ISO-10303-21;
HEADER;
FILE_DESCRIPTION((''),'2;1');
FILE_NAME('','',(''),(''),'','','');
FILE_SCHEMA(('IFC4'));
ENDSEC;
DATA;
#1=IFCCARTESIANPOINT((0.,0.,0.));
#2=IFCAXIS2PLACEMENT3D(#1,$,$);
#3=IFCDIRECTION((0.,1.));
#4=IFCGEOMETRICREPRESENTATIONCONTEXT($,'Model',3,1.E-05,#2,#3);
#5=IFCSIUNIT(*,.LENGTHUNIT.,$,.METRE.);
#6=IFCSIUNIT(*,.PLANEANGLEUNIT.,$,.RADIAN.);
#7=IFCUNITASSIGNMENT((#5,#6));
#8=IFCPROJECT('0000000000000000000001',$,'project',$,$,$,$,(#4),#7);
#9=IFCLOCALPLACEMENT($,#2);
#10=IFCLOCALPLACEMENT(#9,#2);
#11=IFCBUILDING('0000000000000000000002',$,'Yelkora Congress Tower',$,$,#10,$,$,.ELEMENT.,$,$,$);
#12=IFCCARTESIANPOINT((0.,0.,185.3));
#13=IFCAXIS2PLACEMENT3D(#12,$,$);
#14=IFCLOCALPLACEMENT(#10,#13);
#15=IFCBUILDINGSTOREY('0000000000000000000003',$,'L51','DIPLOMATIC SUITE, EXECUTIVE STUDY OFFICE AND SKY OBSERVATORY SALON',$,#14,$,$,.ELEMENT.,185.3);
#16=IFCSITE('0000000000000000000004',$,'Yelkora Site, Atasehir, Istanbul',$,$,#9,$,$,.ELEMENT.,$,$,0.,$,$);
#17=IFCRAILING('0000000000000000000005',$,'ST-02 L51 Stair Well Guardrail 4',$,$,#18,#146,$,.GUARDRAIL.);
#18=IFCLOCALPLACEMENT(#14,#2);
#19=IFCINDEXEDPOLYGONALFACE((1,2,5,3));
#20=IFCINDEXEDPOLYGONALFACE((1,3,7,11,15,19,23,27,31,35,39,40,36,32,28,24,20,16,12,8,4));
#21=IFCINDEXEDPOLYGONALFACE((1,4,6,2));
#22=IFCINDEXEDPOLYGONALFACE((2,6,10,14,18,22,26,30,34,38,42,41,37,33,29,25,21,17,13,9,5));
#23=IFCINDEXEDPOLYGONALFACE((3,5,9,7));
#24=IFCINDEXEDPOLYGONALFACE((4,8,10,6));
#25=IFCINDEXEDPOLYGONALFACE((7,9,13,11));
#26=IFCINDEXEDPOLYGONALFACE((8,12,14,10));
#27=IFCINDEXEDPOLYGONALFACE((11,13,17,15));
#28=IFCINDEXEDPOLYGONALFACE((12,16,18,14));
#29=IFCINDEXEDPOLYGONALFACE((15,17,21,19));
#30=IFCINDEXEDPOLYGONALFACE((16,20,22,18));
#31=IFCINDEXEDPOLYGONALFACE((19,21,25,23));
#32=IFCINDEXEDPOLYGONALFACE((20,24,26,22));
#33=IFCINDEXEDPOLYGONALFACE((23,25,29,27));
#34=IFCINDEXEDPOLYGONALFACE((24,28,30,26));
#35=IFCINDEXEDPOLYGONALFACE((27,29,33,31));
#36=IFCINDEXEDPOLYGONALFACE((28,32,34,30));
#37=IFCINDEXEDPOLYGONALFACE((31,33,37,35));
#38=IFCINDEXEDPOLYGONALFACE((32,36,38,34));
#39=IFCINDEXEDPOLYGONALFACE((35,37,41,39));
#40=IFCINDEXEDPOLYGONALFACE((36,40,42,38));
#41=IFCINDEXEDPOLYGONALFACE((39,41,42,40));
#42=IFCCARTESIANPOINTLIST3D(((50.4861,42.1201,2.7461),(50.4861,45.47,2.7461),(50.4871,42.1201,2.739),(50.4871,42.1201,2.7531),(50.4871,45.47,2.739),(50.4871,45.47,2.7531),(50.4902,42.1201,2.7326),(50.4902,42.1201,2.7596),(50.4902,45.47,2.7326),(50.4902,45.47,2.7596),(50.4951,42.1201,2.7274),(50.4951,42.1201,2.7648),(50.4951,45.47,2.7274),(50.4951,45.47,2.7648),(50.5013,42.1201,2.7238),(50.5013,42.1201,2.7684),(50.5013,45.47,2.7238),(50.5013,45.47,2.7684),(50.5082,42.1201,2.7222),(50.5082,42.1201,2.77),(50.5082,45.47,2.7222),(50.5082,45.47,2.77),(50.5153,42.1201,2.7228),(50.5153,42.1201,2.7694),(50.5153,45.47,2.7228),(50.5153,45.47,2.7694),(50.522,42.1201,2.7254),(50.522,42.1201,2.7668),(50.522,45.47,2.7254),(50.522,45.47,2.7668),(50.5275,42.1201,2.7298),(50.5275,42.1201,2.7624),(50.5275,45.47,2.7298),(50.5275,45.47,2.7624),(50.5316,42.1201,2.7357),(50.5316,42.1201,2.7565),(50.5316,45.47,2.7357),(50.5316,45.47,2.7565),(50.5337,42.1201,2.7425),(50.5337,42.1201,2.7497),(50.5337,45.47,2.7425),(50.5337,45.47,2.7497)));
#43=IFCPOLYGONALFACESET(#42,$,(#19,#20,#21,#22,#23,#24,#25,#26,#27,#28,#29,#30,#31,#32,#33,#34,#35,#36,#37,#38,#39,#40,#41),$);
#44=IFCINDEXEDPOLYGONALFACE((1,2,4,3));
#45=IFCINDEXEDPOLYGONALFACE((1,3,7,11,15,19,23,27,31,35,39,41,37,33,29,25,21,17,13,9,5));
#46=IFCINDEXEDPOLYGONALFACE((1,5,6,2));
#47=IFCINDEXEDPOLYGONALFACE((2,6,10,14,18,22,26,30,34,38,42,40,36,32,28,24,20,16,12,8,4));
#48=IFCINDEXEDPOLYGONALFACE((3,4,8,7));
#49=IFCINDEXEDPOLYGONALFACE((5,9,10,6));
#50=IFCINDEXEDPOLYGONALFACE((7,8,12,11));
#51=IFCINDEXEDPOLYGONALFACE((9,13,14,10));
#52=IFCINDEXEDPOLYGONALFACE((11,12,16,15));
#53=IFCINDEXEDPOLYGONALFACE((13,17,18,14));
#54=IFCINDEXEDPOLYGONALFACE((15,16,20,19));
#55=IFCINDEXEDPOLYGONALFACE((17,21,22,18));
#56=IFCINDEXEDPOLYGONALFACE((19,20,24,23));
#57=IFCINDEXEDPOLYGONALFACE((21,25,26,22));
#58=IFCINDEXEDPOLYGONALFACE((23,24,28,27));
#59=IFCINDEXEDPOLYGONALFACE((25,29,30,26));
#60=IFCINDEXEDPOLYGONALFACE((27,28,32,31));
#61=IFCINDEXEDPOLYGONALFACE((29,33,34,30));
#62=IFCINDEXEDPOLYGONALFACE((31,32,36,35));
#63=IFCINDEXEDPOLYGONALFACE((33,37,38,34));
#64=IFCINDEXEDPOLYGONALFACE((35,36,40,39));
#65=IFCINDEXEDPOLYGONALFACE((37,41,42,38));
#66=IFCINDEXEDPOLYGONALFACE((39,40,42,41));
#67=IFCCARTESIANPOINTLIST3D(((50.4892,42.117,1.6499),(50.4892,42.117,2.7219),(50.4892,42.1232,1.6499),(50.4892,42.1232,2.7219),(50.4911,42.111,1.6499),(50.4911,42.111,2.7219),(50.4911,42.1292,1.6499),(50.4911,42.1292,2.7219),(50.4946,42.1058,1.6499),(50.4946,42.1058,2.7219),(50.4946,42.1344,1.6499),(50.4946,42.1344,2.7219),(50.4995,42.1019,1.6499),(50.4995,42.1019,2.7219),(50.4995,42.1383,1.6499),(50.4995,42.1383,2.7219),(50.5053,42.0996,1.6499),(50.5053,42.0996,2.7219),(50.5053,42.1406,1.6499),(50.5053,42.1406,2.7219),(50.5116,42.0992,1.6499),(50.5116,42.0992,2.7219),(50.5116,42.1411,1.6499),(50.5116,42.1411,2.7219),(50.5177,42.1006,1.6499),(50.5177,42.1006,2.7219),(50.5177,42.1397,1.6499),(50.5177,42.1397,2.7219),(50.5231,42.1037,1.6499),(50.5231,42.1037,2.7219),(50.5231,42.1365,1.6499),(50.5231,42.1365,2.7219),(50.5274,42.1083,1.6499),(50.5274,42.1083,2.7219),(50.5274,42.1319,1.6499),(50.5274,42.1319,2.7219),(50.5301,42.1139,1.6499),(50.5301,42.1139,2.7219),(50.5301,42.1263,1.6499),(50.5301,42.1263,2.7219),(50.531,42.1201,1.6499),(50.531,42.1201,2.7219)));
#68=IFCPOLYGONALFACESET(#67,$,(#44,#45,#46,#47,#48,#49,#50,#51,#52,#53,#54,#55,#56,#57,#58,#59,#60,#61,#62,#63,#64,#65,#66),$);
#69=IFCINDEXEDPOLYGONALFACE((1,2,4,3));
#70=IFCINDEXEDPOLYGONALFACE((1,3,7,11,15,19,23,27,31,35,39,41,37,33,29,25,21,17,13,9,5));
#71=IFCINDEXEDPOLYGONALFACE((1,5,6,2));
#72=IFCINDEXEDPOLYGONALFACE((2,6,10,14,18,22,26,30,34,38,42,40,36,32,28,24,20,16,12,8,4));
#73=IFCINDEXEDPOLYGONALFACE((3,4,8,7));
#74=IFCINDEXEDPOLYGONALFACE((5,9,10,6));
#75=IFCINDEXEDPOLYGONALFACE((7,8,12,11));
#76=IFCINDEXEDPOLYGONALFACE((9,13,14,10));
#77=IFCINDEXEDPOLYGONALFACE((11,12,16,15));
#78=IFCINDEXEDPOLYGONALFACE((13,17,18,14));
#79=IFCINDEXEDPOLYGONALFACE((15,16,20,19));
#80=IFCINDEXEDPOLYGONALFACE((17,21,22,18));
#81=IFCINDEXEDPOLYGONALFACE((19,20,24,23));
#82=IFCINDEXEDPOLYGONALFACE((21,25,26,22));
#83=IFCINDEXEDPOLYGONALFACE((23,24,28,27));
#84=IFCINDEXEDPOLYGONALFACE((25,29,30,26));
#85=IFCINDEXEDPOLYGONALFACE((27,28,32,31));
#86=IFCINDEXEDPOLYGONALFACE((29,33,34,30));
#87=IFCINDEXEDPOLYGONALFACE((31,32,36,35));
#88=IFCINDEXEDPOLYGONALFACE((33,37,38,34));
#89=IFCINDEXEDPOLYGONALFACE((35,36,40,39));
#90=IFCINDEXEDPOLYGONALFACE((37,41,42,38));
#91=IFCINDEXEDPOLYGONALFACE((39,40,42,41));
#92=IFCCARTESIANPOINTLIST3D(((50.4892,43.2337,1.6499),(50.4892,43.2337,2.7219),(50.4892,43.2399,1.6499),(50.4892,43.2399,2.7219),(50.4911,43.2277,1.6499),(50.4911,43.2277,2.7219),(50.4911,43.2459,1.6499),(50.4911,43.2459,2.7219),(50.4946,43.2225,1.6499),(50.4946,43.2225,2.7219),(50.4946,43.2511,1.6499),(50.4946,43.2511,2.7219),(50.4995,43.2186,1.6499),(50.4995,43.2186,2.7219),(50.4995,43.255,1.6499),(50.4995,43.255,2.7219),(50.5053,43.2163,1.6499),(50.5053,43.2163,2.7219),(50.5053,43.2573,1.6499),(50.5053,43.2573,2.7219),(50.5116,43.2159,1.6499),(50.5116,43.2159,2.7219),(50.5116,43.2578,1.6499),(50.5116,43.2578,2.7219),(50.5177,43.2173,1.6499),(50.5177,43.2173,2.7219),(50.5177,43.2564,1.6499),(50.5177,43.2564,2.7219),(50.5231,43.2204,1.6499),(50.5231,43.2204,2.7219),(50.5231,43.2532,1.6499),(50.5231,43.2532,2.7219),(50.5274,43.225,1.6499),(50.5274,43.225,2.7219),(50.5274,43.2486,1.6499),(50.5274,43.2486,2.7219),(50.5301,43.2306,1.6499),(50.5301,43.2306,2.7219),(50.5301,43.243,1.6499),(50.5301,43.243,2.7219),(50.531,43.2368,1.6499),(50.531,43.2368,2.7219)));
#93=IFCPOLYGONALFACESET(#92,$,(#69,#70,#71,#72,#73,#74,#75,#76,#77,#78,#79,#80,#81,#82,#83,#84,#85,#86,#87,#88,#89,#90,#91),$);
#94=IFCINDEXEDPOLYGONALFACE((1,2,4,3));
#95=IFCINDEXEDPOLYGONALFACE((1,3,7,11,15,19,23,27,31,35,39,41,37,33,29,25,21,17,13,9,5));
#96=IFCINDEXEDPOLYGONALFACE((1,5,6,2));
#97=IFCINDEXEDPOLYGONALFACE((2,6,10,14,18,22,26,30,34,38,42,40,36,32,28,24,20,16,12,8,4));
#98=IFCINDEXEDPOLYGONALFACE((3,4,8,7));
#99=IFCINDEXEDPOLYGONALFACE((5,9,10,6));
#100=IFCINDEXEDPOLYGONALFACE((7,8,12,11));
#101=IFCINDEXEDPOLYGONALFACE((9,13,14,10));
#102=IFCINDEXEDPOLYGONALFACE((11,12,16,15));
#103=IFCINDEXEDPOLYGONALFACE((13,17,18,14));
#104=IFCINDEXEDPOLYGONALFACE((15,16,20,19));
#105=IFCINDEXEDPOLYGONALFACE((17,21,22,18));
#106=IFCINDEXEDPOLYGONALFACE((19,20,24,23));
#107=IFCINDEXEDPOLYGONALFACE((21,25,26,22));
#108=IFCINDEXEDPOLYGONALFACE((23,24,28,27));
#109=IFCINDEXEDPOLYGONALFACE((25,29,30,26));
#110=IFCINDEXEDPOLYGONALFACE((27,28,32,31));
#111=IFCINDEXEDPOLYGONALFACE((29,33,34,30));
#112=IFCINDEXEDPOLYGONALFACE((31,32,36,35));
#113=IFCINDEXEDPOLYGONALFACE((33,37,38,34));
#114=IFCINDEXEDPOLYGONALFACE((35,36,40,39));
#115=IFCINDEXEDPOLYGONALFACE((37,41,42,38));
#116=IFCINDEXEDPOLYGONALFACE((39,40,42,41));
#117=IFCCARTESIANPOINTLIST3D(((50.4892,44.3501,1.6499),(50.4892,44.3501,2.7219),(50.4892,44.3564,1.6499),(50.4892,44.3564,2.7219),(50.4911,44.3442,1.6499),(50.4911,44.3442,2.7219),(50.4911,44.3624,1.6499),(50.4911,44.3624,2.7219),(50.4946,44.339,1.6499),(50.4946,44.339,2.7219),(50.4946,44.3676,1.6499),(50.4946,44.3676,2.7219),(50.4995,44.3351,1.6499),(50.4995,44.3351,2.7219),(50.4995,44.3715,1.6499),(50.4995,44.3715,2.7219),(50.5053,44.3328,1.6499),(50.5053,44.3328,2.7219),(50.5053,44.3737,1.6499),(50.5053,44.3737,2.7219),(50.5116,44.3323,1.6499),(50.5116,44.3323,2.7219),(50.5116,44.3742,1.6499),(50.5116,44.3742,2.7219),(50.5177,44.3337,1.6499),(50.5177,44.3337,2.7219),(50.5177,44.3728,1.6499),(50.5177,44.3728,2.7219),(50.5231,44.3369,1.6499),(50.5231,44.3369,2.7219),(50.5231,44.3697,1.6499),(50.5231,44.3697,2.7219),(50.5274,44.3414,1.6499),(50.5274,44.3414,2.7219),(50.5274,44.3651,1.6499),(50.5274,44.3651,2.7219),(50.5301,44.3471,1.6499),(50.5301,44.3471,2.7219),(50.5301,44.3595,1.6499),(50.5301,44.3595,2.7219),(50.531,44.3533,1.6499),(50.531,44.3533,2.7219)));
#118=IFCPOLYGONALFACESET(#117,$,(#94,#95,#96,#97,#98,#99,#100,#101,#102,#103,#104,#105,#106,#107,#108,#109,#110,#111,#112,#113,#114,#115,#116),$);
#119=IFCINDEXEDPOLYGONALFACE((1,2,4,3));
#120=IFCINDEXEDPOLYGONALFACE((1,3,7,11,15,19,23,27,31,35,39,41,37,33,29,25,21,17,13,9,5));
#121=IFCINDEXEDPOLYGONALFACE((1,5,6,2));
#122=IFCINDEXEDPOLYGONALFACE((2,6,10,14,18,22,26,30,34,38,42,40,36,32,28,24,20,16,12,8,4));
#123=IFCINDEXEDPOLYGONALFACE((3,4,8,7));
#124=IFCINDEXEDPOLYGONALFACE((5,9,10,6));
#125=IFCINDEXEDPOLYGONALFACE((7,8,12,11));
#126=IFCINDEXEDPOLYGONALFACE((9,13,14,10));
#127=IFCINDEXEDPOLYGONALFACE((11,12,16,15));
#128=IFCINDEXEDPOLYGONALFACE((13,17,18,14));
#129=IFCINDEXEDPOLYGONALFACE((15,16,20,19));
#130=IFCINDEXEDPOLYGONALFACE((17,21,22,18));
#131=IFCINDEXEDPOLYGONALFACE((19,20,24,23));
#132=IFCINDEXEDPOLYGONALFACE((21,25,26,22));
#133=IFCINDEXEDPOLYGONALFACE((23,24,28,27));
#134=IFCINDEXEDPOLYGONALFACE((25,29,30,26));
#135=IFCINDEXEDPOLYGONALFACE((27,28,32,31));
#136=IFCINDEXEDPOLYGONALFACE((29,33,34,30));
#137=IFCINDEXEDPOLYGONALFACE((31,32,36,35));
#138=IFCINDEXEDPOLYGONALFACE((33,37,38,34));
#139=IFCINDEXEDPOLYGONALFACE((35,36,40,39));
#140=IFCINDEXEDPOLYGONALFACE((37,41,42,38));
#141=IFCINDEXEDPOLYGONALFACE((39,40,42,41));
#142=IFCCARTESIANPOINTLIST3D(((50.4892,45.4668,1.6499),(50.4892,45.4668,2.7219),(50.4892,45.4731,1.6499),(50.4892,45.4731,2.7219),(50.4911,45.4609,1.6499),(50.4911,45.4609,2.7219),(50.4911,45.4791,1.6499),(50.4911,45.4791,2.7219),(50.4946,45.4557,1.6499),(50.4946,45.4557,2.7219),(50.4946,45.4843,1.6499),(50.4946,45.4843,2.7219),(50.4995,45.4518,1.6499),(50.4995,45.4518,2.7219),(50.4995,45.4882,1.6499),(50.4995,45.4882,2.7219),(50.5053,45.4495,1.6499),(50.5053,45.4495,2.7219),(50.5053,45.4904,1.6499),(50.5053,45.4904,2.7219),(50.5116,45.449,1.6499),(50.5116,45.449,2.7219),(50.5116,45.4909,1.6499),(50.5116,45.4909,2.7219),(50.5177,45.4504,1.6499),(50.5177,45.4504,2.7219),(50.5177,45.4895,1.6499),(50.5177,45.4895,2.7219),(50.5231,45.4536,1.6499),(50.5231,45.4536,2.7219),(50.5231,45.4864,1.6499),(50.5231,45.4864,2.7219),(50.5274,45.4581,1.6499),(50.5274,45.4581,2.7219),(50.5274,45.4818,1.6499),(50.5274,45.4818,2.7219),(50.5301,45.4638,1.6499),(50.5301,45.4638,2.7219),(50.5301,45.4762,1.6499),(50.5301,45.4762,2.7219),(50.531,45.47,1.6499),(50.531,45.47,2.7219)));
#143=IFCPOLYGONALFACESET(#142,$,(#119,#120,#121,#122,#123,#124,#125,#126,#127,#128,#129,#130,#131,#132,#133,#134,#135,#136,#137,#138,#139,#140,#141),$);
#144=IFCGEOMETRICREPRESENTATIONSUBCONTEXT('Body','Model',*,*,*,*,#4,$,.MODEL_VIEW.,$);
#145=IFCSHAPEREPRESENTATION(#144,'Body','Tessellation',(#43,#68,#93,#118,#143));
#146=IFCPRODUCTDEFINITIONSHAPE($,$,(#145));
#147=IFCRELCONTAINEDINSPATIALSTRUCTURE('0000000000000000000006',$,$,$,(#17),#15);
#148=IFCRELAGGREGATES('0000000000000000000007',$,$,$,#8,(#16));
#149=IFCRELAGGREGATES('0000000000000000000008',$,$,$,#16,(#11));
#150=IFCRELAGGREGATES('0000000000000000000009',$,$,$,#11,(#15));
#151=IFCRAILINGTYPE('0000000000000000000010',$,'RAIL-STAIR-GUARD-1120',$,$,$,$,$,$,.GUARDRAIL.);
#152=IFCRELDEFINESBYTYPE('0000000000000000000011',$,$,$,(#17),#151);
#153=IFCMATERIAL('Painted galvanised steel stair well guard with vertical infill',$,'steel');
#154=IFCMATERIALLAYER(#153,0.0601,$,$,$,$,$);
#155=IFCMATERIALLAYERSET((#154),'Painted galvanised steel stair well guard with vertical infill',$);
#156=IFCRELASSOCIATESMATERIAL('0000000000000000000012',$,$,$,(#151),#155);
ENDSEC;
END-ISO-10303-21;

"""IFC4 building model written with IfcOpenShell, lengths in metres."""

from ifc_helpers import new_model, si_unit, direction, frame, origin, origin_2d, place, context, subcontext, project, spatial, circle, extrude, material, layer, layer_set, type_object, element, save


model = new_model("IFC4")

# Units and contexts
model_context = context("Model", 3, precision=1e-05, world=origin(), true_north=direction((0.0, 1.0)))
body_context = subcontext(model_context, "Body", "Model", "MODEL_VIEW")
ifc_project = project(units=[si_unit("LENGTHUNIT", "METRE"), si_unit("PLANEANGLEUNIT", "RADIAN")], contexts=[model_context])

# Site, building, storey
site_placement = place(None, origin())
site = spatial("IfcSite", under=ifc_project, at=site_placement, Name="Yelkora Site, Atasehir, Istanbul", CompositionType="ELEMENT", RefElevation=0.0)
building_placement = place(site_placement, origin())
building = spatial("IfcBuilding", under=site, at=building_placement, Name="Yelkora Congress Tower", CompositionType="ELEMENT")
storey_placement = place(building_placement, frame((0.0, 0.0, 185.3)))
storey = spatial("IfcBuildingStorey", under=building, at=storey_placement, Name="L51", Description="DIPLOMATIC SUITE, EXECUTIVE STUDY OFFICE AND SKY OBSERVATORY SALON", CompositionType="ELEMENT", Elevation=185.3)

# Railing
ifc_material_1 = material(Name="Painted galvanised steel stair well guard with vertical infill", Category="steel")
ifc_layer_1 = layer(ifc_material_1, 0.0601)
ifc_layer_set_1 = layer_set([ifc_layer_1], Name="Painted galvanised steel stair well guard with vertical infill")
railing_type_1 = type_object("IfcRailingType", Name="RAIL-STAIR-GUARD-1120", PredefinedType="GUARDRAIL", material=ifc_layer_set_1)
for number, where, name in (
    (1, (50.51, 42.1201, 1.6499), "ST-02 L51 Stair Well Guardrail 4"),
):
    element("IfcRailing", number, at=place(storey_placement, frame(where)), inside=storey, type_object=railing_type_1, Name=name, PredefinedType="GUARDRAIL", context=body_context, shape_type="SweptSolid", body=[
        extrude(circle(Radius=0.0239, at=origin_2d()), frame((0.0, 0.0, 1.0962), z_axis=(0.0, 1.0, 0.0), x_axis=(-1.0, 0.0, 0.0)), (0.0, 0.0, 1.0), 3.3499),
        extrude(circle(Radius=0.021, at=origin_2d()), origin(), (0.0, 0.0, 1.0), 1.072),
        extrude(circle(Radius=0.021, at=origin_2d()), frame((0.0, 1.1167, 0.0)), (0.0, 0.0, 1.0), 1.072),
        extrude(circle(Radius=0.021, at=origin_2d()), frame((0.0, 2.2332, 0.0)), (0.0, 0.0, 1.0), 1.072),
        extrude(circle(Radius=0.021, at=origin_2d()), frame((0.0, 3.3499, 0.0)), (0.0, 0.0, 1.0), 1.072),
    ])

save(model, "model.ifc")
